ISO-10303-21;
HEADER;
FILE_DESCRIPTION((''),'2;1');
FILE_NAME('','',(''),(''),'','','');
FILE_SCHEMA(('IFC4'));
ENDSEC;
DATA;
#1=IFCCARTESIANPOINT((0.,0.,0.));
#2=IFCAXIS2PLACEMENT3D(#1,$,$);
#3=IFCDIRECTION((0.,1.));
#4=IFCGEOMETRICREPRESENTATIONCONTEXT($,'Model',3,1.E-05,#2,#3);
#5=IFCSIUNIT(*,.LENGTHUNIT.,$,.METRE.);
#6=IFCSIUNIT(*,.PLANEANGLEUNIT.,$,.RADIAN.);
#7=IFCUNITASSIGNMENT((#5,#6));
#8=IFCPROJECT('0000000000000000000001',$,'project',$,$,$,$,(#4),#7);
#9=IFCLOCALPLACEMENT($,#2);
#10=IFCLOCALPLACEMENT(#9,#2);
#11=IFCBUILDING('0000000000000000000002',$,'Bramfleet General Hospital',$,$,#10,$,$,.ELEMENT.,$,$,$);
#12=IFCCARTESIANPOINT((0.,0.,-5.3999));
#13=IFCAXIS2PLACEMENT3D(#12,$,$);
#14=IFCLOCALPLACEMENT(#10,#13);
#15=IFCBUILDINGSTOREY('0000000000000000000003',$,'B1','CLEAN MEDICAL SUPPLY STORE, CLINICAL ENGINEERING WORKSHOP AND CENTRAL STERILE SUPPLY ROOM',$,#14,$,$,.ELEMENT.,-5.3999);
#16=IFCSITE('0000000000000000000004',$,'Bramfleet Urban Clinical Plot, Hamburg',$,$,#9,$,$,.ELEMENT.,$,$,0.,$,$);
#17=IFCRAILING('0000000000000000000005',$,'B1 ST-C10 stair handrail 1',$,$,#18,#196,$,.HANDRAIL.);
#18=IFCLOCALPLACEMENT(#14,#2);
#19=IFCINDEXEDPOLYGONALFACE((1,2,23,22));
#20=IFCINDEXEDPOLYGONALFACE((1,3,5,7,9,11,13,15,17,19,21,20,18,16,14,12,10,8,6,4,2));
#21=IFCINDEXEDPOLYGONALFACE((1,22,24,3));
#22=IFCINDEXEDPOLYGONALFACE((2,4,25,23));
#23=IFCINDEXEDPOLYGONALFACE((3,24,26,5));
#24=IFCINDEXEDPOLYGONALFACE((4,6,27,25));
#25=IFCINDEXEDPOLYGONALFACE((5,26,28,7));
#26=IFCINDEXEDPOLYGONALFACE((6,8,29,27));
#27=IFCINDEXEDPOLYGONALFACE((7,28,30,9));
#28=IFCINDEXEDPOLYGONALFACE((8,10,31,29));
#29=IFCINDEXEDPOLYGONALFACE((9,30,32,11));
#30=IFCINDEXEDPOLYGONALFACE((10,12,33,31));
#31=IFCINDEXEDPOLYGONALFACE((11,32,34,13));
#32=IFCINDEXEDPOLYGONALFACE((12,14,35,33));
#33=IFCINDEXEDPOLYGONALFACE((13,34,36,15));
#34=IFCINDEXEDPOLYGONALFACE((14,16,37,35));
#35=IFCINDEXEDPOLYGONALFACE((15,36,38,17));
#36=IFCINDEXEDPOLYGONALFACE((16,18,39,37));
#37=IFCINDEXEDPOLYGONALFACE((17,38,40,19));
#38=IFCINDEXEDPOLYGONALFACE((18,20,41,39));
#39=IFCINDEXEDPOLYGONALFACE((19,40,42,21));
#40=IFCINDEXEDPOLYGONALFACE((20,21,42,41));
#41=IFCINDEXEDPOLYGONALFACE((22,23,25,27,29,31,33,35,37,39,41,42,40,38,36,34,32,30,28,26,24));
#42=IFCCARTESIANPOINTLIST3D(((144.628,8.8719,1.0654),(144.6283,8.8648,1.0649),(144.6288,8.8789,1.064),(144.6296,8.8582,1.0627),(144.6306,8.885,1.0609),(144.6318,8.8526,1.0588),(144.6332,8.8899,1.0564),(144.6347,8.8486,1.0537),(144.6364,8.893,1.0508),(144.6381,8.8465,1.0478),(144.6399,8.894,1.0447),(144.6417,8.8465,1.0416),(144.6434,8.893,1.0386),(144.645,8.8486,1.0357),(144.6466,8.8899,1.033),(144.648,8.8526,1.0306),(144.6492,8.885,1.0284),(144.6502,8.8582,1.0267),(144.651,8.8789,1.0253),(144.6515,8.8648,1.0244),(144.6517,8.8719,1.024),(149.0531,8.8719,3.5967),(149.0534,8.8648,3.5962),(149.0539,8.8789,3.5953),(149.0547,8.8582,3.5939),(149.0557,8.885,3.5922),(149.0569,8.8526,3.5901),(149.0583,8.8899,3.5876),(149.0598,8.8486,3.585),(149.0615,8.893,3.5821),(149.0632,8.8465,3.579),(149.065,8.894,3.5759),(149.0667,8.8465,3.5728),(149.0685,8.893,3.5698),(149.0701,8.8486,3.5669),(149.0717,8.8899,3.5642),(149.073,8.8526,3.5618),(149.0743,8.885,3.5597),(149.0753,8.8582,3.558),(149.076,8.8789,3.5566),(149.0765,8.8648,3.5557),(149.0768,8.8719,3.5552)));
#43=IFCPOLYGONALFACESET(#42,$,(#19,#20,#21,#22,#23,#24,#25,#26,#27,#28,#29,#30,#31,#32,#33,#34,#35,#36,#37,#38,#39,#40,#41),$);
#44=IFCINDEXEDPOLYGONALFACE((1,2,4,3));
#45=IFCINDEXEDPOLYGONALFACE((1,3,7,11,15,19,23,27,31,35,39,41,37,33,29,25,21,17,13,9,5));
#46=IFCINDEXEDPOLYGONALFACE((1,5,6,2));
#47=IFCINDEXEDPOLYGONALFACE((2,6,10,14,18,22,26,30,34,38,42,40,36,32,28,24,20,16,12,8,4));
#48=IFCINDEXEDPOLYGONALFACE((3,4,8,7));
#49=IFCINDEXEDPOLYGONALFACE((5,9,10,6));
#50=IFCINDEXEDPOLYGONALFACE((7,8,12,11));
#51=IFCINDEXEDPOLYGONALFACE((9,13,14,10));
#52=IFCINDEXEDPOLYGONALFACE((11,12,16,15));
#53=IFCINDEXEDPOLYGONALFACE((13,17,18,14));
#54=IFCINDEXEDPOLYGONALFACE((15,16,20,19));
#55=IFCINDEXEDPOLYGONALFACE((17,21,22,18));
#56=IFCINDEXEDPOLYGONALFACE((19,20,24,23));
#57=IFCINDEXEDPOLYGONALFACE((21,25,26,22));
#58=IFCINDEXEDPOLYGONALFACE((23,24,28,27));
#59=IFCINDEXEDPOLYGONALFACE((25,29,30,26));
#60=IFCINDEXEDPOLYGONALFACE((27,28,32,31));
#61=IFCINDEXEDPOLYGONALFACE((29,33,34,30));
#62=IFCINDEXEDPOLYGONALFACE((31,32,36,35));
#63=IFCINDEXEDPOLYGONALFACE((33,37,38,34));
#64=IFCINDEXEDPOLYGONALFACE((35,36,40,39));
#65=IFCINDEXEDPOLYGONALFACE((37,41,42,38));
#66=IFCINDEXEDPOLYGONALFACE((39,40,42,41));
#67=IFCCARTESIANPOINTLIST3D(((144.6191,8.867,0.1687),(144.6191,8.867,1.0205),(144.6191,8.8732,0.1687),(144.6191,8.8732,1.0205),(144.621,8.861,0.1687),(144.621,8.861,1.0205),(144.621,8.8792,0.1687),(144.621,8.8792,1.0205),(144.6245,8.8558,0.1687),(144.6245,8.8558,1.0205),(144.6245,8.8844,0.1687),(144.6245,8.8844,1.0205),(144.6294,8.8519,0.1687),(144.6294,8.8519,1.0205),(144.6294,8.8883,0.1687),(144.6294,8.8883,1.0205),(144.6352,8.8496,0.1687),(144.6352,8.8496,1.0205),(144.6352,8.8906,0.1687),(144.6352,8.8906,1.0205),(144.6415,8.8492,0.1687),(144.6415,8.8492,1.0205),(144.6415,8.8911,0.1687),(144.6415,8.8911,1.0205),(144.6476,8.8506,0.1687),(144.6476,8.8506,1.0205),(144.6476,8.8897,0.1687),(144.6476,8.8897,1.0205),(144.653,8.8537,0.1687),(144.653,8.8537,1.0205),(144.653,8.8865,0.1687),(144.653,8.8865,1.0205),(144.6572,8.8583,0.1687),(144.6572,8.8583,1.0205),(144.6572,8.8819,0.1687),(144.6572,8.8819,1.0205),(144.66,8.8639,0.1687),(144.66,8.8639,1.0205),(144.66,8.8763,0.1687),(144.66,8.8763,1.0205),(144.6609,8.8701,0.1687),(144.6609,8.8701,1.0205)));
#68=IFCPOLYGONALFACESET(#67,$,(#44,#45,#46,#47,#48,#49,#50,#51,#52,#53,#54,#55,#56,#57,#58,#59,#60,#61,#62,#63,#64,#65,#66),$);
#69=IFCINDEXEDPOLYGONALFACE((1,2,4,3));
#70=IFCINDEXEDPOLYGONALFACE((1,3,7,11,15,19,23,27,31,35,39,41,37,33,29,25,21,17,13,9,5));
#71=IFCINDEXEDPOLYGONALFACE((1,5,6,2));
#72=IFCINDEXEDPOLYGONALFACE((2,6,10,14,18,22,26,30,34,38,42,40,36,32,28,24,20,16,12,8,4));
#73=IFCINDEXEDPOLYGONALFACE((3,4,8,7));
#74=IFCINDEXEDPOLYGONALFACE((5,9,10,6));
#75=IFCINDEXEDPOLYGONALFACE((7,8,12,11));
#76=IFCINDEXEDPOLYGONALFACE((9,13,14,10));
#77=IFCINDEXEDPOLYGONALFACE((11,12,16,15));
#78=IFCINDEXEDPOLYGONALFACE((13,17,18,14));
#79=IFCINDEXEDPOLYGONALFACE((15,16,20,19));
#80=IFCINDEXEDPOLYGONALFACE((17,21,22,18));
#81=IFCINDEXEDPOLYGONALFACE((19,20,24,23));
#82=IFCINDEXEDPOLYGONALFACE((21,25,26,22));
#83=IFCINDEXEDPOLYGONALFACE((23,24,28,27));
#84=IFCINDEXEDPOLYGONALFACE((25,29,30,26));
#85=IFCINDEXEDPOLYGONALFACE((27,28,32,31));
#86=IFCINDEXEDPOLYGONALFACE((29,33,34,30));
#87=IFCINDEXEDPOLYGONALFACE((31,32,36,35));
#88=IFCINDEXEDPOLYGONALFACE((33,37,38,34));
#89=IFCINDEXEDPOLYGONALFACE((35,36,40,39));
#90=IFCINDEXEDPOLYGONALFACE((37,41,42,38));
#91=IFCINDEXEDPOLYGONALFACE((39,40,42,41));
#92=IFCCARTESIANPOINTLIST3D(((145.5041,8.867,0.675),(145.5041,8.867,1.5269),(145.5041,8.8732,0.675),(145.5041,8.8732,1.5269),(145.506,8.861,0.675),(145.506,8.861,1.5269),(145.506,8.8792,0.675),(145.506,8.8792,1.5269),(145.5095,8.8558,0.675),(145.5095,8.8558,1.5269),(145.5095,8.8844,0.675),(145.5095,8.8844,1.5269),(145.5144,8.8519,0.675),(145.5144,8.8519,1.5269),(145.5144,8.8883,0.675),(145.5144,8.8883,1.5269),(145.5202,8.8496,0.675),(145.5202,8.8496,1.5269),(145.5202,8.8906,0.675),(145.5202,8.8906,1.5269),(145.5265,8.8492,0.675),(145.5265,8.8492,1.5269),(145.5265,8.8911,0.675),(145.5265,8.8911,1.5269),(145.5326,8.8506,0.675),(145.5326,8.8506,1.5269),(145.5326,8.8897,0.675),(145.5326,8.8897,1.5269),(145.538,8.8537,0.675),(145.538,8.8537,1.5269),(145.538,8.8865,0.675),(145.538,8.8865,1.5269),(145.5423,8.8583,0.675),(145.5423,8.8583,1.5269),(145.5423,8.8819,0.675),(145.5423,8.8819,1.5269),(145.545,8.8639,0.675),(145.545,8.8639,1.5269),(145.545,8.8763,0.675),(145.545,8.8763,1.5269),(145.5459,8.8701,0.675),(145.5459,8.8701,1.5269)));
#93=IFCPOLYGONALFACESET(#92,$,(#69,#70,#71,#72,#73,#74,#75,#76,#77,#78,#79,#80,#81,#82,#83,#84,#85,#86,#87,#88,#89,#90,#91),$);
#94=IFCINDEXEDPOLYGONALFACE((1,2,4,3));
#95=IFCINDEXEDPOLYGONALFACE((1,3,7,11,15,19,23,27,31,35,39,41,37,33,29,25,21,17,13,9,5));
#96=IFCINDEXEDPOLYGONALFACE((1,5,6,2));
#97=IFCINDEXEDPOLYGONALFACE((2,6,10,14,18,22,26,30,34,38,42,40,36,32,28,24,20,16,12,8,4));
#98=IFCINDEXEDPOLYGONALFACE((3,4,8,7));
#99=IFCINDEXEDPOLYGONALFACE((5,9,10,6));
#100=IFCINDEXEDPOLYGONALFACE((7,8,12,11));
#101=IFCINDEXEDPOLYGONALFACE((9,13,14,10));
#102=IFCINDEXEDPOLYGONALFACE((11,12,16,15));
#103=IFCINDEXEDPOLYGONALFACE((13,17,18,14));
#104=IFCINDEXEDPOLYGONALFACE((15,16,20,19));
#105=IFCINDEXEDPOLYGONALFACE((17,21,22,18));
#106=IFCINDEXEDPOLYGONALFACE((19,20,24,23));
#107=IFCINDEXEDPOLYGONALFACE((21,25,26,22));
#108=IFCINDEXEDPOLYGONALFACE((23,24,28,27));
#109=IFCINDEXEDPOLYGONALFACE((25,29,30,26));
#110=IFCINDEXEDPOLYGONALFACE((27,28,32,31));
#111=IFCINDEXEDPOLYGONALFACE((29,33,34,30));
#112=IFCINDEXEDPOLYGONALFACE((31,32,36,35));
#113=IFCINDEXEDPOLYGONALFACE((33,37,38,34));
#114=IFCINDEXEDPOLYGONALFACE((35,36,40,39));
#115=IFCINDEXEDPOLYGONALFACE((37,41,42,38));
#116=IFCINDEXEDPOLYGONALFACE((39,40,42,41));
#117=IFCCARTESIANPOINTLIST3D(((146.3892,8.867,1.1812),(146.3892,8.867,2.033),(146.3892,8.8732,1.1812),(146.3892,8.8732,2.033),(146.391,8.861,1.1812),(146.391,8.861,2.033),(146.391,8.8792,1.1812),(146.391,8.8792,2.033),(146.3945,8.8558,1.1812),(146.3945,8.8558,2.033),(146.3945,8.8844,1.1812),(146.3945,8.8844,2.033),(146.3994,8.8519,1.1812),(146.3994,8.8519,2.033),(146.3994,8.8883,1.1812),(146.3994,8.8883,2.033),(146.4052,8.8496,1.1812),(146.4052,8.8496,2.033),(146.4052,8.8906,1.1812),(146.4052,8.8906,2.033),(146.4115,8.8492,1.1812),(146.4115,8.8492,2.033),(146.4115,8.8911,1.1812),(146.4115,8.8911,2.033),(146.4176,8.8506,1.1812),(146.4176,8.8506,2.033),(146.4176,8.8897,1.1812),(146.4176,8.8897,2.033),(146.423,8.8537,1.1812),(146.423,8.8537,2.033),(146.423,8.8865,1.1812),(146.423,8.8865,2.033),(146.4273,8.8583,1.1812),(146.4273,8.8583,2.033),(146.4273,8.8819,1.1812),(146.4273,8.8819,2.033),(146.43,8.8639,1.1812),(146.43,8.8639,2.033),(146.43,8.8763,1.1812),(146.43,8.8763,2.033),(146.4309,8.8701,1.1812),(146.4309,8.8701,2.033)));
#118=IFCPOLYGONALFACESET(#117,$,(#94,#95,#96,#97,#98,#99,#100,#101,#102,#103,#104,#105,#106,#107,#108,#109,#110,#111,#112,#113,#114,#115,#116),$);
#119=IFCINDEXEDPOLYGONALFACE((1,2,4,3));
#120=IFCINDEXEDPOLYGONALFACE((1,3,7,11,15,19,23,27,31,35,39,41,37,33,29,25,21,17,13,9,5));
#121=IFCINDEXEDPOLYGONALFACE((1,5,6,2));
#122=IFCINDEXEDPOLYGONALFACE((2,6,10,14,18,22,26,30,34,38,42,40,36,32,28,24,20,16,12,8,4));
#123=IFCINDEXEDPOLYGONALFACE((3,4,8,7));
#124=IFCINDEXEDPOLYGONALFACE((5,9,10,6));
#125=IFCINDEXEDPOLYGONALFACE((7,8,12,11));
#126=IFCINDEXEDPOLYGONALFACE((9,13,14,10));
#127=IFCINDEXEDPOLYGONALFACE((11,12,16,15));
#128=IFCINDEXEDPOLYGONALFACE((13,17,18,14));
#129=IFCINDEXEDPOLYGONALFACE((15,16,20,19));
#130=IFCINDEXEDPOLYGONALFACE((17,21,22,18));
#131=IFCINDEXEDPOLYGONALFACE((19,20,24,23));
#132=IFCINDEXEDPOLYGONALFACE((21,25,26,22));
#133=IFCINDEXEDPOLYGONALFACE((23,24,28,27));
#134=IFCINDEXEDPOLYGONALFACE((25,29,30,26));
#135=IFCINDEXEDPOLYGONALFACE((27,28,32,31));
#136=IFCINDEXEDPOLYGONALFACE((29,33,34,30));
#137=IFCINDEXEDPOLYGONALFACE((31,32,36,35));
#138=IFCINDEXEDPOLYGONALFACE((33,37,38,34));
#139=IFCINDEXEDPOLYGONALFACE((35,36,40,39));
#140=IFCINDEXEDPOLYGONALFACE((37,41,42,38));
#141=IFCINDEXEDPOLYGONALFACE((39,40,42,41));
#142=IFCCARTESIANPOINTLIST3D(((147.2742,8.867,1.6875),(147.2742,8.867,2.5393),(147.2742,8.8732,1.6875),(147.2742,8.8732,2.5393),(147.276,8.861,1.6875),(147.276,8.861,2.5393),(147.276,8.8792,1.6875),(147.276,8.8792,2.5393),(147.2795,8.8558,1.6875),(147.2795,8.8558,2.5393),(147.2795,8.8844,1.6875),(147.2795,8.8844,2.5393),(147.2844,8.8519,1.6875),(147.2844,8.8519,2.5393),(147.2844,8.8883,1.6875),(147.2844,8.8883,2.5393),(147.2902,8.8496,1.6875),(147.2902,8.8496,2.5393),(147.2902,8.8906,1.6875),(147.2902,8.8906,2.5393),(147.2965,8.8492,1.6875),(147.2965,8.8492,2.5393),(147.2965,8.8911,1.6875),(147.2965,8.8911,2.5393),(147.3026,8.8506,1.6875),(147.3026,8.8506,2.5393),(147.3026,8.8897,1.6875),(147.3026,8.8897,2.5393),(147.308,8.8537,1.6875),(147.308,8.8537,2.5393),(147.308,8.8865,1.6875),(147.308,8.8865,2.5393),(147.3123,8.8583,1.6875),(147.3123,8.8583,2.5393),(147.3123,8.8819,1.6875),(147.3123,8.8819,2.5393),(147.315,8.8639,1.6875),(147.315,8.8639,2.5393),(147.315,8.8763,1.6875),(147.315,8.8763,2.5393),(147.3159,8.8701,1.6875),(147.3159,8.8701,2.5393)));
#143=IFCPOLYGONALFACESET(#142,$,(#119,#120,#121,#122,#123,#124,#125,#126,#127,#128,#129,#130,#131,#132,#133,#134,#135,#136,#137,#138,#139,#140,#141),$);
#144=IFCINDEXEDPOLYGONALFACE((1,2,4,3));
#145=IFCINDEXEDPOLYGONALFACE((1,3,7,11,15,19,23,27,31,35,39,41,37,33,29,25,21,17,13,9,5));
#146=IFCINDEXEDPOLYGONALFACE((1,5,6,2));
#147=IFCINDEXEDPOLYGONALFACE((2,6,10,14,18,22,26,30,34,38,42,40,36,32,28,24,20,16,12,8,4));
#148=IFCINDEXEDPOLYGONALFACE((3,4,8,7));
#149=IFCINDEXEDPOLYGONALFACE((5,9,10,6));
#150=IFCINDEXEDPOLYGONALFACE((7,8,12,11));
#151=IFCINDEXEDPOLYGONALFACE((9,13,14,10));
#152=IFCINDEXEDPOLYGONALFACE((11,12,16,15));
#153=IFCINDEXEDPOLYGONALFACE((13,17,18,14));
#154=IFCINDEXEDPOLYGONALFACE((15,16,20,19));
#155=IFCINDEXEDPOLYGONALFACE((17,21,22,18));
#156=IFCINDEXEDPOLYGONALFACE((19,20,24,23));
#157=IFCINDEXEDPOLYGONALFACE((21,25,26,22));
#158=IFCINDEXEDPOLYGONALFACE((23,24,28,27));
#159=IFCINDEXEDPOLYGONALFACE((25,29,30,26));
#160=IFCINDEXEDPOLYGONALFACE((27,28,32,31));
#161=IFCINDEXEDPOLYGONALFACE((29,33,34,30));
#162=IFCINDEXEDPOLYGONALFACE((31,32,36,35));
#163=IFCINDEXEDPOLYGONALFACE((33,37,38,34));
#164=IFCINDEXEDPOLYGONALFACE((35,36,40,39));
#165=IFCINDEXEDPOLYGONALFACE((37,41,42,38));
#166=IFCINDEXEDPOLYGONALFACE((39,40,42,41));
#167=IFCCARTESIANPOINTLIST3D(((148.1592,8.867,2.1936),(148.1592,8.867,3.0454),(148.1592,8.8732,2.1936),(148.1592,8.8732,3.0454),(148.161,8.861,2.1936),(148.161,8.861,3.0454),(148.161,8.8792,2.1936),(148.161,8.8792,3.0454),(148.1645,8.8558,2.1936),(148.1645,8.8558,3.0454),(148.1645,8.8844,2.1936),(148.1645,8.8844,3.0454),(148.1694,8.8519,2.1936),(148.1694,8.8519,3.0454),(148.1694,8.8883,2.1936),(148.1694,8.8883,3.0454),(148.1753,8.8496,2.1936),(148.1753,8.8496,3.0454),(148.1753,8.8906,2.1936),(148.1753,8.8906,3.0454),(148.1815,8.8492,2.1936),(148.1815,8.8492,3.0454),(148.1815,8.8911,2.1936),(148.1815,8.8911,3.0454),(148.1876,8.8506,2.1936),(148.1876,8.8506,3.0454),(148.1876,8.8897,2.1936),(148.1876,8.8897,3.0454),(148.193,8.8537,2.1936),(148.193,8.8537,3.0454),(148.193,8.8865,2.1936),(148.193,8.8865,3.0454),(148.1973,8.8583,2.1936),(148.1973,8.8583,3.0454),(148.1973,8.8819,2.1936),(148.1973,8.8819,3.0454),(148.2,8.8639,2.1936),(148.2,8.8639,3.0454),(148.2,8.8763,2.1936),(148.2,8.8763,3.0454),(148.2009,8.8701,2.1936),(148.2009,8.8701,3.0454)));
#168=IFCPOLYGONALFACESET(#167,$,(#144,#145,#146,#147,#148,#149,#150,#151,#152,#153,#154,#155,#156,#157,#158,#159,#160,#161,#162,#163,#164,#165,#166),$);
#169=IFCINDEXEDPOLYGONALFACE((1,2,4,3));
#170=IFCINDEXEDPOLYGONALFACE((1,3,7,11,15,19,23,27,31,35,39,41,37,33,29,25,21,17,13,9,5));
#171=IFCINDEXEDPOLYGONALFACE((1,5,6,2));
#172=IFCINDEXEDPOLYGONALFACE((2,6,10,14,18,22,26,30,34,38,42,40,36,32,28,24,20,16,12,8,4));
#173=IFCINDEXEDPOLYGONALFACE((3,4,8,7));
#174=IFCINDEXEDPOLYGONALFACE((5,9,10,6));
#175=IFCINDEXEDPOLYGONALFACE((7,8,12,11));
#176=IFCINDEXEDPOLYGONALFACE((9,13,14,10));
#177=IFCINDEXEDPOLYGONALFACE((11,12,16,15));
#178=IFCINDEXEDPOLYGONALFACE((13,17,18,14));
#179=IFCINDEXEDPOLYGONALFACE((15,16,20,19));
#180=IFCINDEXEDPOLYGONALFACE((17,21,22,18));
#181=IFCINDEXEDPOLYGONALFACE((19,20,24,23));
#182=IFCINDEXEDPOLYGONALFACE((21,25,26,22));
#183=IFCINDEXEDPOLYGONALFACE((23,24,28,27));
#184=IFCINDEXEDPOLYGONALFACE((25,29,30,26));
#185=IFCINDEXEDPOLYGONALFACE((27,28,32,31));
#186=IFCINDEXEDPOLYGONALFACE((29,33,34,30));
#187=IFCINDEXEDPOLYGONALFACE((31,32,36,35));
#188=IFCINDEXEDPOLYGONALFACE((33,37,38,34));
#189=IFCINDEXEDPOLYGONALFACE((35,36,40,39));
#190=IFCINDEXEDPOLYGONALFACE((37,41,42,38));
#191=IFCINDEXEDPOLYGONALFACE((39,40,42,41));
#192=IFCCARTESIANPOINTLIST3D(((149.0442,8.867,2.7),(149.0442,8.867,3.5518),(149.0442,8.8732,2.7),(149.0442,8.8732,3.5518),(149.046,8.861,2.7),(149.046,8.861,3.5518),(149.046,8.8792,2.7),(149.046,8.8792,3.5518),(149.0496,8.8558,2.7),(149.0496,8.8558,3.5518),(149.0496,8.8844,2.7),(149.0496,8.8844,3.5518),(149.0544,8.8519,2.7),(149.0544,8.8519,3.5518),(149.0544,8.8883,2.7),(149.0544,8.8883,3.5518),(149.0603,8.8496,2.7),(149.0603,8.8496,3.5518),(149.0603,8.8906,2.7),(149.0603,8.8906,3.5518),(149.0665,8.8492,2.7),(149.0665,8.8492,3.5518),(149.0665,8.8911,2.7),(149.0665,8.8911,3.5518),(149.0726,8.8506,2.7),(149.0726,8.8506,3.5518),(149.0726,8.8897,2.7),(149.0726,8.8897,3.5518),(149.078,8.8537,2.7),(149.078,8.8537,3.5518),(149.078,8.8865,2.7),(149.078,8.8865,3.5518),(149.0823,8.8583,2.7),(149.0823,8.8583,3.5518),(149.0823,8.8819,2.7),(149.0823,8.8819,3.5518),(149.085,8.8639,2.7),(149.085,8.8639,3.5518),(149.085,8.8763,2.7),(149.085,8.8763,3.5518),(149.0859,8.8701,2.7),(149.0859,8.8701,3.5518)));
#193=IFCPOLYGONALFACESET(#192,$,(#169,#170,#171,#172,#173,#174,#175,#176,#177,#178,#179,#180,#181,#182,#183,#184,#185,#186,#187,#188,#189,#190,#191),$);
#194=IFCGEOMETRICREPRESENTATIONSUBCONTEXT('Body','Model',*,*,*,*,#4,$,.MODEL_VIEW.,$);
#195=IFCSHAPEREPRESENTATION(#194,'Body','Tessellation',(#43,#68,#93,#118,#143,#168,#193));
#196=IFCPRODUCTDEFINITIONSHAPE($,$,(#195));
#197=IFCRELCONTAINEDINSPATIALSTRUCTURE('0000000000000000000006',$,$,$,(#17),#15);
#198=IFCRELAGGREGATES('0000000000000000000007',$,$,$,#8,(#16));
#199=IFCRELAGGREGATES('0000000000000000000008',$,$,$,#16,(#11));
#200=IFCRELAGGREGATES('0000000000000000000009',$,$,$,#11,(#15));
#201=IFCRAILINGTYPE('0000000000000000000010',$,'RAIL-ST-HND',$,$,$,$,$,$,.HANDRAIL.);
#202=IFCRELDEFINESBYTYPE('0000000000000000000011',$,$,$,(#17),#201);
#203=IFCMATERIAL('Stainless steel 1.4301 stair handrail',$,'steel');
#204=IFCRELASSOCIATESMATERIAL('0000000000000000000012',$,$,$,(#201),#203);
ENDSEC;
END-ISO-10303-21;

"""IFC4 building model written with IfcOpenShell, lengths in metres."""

from ifc_helpers import new_model, si_unit, direction, frame, origin, origin_2d, place, context, subcontext, project, spatial, circle, extrude, material, type_object, element, save


model = new_model("IFC4")

# Units and contexts
model_context = context("Model", 3, precision=1e-05, world=origin(), true_north=direction((0.0, 1.0)))
body_context = subcontext(model_context, "Body", "Model", "MODEL_VIEW")
ifc_project = project(units=[si_unit("LENGTHUNIT", "METRE"), si_unit("PLANEANGLEUNIT", "RADIAN")], contexts=[model_context])

# Site, building, storey
site_placement = place(None, origin())
site = spatial("IfcSite", under=ifc_project, at=site_placement, Name="Bramfleet Urban Clinical Plot, Hamburg", CompositionType="ELEMENT", RefElevation=0.0)
building_placement = place(site_placement, origin())
building = spatial("IfcBuilding", under=site, at=building_placement, Name="Bramfleet General Hospital", CompositionType="ELEMENT")
storey_placement = place(building_placement, frame((0.0, 0.0, -5.3999)))
storey = spatial("IfcBuildingStorey", under=building, at=storey_placement, Name="B1", Description="CLEAN MEDICAL SUPPLY STORE, CLINICAL ENGINEERING WORKSHOP AND CENTRAL STERILE SUPPLY ROOM", CompositionType="ELEMENT", Elevation=-5.3999)

# Railing
ifc_material_1 = material(Name="Stainless steel 1.4301 stair handrail", Category="steel")
railing_type = type_object("IfcRailingType", Name="RAIL-ST-HND", PredefinedType="HANDRAIL", material=ifc_material_1)
railing_placement = place(storey_placement, frame((144.6399, 8.8701, 0.1687)))
element("IfcRailing", 1, at=railing_placement, inside=storey, type_object=railing_type, Name="B1 ST-C10 stair handrail 1", PredefinedType="HANDRAIL", context=body_context, shape_type="SweptSolid", body=[
    extrude(circle(Radius=0.0239, at=origin_2d()), frame((0.0, 0.0, 0.876), z_axis=(0.868019, 0.0, 0.496531), x_axis=(0.0, 1.0, 0.0)), (0.0, 0.0, 1.0), 5.0979),
    extrude(circle(Radius=0.021, at=origin_2d()), origin(), (0.0, 0.0, 1.0), 0.8518),
    extrude(circle(Radius=0.021, at=origin_2d()), frame((0.885, 0.0, 0.5063)), (0.0, 0.0, 1.0), 0.8518),
    extrude(circle(Radius=0.021, at=origin_2d()), frame((1.77, 0.0, 1.0125)), (0.0, 0.0, 1.0), 0.8518),
    extrude(circle(Radius=0.021, at=origin_2d()), frame((2.655, 0.0, 1.5188)), (0.0, 0.0, 1.0), 0.8518),
    extrude(circle(Radius=0.021, at=origin_2d()), frame((3.54, 0.0, 2.0249)), (0.0, 0.0, 1.0), 0.8518),
    extrude(circle(Radius=0.021, at=origin_2d()), frame((4.425, 0.0, 2.5312)), (0.0, 0.0, 1.0), 0.8518),
])

save(model, "model.ifc")
